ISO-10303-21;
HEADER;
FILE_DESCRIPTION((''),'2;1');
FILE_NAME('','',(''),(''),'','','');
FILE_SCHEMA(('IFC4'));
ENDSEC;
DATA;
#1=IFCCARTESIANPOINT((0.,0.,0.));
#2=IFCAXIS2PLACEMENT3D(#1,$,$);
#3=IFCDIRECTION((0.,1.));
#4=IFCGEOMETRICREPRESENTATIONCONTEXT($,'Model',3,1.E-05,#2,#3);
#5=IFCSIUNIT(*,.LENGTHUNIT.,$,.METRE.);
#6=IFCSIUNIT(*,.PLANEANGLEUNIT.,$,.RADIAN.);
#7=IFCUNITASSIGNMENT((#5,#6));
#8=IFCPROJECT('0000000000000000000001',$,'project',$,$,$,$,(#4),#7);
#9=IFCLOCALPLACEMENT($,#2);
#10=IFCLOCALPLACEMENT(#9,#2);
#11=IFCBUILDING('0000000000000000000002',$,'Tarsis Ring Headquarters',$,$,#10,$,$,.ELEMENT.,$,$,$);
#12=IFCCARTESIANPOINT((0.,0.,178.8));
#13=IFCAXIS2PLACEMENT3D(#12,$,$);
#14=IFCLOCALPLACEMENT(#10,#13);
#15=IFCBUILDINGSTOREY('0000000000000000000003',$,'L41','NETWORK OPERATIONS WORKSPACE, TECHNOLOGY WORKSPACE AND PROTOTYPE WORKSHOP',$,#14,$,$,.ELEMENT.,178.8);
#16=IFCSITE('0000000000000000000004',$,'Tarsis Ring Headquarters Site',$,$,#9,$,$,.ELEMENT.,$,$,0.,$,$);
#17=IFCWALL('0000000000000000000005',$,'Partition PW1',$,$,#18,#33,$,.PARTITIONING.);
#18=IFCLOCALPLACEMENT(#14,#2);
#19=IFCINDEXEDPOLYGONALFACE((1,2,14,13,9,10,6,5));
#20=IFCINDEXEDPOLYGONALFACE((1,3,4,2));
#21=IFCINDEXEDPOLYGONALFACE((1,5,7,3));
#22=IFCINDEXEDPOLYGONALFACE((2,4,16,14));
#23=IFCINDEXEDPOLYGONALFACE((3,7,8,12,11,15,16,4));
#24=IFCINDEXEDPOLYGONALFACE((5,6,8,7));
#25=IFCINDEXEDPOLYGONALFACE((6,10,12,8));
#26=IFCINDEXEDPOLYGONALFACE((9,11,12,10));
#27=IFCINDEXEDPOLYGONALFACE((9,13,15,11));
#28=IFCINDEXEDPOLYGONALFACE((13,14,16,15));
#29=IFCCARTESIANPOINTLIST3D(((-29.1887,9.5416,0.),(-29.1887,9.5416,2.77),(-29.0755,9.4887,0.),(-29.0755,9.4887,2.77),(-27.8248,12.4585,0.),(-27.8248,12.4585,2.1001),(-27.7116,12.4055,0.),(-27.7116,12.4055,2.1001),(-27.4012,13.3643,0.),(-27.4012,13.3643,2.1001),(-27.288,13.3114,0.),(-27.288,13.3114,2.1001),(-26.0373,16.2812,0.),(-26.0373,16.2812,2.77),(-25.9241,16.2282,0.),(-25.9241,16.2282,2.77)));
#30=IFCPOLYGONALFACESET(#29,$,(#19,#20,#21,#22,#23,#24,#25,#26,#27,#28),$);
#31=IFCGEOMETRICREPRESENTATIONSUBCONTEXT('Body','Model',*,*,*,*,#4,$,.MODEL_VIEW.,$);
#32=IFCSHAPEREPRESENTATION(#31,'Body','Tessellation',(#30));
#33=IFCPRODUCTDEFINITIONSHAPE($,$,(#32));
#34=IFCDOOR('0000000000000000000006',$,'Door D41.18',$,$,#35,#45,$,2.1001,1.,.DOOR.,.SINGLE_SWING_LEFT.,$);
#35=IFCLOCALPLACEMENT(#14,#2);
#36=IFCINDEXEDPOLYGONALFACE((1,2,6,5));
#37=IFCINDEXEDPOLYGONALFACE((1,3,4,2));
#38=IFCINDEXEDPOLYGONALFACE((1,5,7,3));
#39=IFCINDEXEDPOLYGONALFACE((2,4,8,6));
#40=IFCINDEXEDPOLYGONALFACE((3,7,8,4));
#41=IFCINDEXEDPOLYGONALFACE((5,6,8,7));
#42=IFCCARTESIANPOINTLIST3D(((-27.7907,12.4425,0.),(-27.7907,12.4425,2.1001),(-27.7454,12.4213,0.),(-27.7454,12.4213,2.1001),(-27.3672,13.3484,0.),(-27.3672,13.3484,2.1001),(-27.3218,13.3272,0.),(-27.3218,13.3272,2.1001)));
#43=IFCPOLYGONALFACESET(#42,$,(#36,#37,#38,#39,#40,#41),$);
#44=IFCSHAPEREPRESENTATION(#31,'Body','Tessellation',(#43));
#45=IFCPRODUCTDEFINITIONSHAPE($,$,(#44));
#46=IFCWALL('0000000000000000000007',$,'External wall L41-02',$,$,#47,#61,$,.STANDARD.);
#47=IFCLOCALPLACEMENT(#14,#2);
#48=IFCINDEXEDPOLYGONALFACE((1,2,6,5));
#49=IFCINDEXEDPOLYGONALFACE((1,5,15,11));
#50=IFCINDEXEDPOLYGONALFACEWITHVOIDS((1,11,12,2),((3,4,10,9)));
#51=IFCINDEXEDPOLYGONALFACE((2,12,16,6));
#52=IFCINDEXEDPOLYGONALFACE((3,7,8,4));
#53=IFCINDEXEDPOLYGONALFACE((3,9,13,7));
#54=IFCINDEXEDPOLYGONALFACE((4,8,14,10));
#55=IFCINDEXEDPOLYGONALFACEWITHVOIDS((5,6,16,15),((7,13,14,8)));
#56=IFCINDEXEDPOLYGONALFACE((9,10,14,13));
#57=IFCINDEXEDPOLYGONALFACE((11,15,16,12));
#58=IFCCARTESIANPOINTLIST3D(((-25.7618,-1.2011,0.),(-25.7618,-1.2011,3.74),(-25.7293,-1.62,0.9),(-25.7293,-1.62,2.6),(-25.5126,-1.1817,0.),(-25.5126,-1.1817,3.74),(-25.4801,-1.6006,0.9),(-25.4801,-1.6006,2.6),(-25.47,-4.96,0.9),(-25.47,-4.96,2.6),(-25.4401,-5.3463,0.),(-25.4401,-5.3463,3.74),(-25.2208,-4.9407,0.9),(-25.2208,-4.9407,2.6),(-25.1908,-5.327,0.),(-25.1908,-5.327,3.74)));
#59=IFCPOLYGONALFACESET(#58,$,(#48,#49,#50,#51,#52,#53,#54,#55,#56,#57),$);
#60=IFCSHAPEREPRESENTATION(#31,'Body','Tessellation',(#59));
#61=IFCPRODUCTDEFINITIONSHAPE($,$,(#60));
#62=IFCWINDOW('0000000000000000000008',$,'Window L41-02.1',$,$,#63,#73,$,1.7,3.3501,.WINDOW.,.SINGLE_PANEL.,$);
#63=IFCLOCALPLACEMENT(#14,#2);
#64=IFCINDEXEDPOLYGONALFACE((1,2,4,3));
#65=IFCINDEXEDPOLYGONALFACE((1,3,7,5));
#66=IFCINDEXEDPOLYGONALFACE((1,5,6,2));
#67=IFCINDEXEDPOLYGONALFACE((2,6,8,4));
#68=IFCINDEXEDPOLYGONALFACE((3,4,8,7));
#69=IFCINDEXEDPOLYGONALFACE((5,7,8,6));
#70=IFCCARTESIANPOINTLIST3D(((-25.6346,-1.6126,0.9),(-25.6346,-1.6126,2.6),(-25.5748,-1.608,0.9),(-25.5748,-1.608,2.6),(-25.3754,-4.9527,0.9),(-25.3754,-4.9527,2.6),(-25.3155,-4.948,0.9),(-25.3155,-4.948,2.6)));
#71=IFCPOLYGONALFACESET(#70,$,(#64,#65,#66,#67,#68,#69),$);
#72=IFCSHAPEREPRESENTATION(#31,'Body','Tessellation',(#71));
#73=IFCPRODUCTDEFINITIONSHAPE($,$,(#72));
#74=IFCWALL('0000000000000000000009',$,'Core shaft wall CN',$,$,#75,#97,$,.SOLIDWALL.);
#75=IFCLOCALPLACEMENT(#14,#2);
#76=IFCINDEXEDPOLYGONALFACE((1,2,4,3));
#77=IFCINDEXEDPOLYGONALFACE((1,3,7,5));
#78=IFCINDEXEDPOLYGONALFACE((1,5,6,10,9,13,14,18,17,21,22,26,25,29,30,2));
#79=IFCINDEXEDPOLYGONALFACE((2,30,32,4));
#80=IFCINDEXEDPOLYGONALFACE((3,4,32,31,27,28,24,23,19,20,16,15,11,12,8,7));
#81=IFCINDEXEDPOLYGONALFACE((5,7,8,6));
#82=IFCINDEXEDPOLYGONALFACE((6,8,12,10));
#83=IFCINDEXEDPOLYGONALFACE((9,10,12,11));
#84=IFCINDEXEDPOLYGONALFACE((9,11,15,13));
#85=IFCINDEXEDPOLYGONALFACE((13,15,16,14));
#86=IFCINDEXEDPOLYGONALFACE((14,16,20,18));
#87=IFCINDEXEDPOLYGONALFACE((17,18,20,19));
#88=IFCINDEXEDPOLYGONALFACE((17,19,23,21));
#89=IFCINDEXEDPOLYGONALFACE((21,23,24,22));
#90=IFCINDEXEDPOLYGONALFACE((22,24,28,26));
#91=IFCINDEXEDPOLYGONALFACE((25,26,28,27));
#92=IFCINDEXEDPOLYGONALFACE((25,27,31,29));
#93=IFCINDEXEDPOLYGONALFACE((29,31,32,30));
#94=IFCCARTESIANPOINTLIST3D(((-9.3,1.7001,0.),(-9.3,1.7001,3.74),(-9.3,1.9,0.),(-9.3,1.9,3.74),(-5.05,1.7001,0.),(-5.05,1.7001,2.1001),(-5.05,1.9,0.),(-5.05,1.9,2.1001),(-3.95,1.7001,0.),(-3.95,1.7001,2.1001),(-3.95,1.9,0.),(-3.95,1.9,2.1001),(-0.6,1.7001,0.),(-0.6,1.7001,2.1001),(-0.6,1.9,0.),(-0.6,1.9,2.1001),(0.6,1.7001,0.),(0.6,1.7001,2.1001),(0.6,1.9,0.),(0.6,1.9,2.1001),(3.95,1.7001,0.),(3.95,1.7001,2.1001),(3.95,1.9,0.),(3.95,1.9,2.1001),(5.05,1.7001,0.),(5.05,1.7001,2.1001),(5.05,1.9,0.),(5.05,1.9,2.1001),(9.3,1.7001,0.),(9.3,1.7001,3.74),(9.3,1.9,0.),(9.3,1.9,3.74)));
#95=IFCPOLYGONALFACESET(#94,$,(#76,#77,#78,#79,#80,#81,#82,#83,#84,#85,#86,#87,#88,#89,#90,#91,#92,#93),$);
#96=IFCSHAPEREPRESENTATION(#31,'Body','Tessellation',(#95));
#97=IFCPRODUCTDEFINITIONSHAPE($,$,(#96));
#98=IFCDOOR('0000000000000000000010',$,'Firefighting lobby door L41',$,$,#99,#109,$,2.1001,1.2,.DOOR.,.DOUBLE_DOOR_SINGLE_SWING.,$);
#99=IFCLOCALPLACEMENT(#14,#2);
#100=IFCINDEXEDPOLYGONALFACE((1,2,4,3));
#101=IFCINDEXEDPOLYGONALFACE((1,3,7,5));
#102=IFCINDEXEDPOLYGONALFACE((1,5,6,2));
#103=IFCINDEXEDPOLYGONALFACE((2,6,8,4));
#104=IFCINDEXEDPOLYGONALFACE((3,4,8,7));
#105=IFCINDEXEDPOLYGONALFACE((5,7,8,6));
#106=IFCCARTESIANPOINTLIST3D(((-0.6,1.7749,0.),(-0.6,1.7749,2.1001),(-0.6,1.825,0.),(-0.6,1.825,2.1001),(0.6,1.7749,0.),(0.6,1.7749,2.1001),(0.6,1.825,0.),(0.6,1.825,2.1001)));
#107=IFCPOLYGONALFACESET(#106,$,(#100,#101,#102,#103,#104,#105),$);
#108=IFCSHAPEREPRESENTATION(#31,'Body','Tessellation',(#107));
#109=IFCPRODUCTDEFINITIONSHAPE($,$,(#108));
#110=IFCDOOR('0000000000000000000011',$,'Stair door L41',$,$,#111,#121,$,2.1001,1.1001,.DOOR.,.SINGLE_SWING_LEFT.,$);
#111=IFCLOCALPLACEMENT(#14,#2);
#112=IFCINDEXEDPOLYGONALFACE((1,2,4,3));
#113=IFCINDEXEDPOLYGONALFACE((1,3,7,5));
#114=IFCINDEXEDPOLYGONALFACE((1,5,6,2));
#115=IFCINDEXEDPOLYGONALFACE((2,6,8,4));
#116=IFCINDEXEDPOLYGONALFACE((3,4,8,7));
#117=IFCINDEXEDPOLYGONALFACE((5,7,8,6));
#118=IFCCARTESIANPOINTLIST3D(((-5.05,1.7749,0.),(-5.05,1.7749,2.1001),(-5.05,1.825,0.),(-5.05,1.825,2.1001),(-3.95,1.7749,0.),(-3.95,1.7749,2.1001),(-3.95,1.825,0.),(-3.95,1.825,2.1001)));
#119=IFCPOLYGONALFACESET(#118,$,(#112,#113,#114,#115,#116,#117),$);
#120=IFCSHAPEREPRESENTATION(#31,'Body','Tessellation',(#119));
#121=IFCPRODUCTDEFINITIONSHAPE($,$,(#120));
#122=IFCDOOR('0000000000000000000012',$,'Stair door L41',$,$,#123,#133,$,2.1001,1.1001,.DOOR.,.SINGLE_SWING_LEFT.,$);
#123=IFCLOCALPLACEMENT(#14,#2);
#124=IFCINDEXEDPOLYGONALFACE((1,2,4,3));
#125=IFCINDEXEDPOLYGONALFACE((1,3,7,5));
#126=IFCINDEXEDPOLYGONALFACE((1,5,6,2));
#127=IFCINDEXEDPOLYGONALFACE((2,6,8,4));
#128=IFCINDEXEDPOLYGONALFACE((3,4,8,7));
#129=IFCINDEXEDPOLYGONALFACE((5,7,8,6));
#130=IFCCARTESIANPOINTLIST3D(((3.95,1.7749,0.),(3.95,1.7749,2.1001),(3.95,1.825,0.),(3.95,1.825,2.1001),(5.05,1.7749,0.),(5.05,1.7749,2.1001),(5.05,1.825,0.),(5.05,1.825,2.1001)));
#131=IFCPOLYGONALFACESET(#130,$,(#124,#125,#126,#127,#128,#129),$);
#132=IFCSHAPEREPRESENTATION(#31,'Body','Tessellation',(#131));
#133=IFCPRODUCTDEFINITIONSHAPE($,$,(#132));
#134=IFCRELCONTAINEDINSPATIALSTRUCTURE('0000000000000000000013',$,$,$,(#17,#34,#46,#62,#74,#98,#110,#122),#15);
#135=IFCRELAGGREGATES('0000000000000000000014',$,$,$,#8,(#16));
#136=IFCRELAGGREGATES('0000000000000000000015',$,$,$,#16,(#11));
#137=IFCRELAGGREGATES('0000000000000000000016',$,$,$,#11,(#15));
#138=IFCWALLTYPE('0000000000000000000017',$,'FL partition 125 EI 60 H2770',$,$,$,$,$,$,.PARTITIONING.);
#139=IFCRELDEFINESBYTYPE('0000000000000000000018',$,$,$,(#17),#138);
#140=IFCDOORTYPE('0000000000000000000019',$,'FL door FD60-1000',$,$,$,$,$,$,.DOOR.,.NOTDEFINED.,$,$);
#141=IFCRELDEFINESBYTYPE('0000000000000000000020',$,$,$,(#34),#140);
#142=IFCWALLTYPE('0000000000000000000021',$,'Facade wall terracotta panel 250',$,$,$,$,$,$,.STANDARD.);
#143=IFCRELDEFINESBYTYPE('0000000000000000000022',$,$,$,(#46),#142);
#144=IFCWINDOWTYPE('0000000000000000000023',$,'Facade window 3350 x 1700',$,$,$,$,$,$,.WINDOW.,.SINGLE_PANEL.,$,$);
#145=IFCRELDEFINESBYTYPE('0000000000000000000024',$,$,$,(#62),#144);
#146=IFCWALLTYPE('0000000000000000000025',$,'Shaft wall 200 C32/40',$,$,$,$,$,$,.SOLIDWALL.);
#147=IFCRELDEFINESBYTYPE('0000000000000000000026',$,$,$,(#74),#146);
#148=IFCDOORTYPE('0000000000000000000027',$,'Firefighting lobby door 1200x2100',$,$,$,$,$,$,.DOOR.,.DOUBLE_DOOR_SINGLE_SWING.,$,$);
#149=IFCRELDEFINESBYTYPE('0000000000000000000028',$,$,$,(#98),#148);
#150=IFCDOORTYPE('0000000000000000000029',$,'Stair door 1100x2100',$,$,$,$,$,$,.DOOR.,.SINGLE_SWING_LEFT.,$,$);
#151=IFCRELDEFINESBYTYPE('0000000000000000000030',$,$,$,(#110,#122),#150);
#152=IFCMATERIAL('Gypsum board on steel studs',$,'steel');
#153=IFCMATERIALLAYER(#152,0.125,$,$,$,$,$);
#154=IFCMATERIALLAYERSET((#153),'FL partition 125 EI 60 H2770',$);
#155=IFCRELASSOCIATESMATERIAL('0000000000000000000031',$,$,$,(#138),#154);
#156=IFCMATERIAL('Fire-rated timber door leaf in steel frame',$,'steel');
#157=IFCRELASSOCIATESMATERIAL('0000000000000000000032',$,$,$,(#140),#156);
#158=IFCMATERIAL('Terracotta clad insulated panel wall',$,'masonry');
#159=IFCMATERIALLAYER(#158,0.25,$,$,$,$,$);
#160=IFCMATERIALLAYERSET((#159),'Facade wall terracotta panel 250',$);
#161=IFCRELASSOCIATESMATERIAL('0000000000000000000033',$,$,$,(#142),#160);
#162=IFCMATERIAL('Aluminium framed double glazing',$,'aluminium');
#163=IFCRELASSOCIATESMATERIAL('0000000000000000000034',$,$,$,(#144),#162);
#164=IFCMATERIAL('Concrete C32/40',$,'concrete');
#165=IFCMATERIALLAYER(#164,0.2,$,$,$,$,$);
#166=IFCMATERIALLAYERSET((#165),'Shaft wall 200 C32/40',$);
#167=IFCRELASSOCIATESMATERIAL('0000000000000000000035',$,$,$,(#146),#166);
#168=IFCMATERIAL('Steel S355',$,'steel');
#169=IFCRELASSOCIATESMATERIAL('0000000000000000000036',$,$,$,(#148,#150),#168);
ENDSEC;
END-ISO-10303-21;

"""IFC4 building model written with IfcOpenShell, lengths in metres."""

from ifc_helpers import new_model, si_unit, direction, frame, frame_2d, origin, place, context, subcontext, project, spatial, rectangle, extrude, material, layer, layer_set, type_object, element, fill, save


model = new_model("IFC4")

# Units and contexts
model_context = context("Model", 3, precision=1e-05, world=origin(), true_north=direction((0.0, 1.0)))
body_context = subcontext(model_context, "Body", "Model", "MODEL_VIEW")
ifc_project = project(units=[si_unit("LENGTHUNIT", "METRE"), si_unit("PLANEANGLEUNIT", "RADIAN")], contexts=[model_context])

# Site, building, storey
site_placement = place(None, origin())
site = spatial("IfcSite", under=ifc_project, at=site_placement, Name="Tarsis Ring Headquarters Site", CompositionType="ELEMENT", RefElevation=0.0)
building_placement = place(site_placement, origin())
building = spatial("IfcBuilding", under=site, at=building_placement, Name="Tarsis Ring Headquarters", CompositionType="ELEMENT")
storey_placement = place(building_placement, frame((0.0, 0.0, 178.8)))
storey = spatial("IfcBuildingStorey", under=building, at=storey_placement, Name="L41", Description="NETWORK OPERATIONS WORKSPACE, TECHNOLOGY WORKSPACE AND PROTOTYPE WORKSHOP", CompositionType="ELEMENT", Elevation=178.8)

# Shared definitions
ifc_material_1 = material(Name="Steel S355", Category="steel")

# Shared definitions
ifc_material_2 = material(Name="Gypsum board on steel studs", Category="steel")

# Shared definitions
ifc_layer_1 = layer(ifc_material_2, 0.125)
ifc_layer_set_1 = layer_set([ifc_layer_1], Name="FL partition 125 EI 60 H2770")
wall_type_1 = type_object("IfcWallType", Name="FL partition 125 EI 60 H2770", PredefinedType="PARTITIONING", material=ifc_layer_set_1)
ifc_material_3 = material(Name="Fire-rated timber door leaf in steel frame", Category="steel")
door_type_1 = type_object("IfcDoorType", Name="FL door FD60-1000", OperationType="NOTDEFINED", PredefinedType="DOOR", material=ifc_material_3)

# Wall, opening, door
wall_1_placement = place(storey_placement, frame((-29.1321, 9.5151, 0.0), z_axis=(0.0, 0.0, 1.0), x_axis=(0.423577, 0.90586, 0.0)))
wall_1 = element("IfcWall", 1, at=wall_1_placement, inside=storey, type_object=wall_type_1, Name="Partition PW1", PredefinedType="PARTITIONING", context=body_context, shape_type="SweptSolid", body=[
    extrude(rectangle(XDim=7.4399, YDim=0.125, at=frame_2d((3.72, 0.0))), origin(), (0.0, 0.0, 1.0), 2.77),
])
opening_1_placement = place(wall_1_placement, frame((3.22, 0.0, 0.0)))
opening_1 = element("IfcOpeningElement", 2, at=opening_1_placement, cuts=wall_1, PredefinedType="OPENING", context=body_context, shape_type="SweptSolid", body=[
    extrude(rectangle(XDim=1.0, YDim=2.1001, at=frame_2d((0.5, 1.05))), frame((0.0, 0.0725, 0.0), z_axis=(0.0, -1.0, 0.0), x_axis=(1.0, 0.0, 0.0)), (0.0, 0.0, 1.0), 0.145),
])
door_1_placement = place(opening_1_placement, origin())
door_1 = element("IfcDoor", 3, at=door_1_placement, inside=storey, type_object=door_type_1, Name="Door D41.18", OperationType="SINGLE_SWING_LEFT", OverallHeight=2.1001, OverallWidth=1.0, PredefinedType="DOOR", context=body_context, shape_type="SweptSolid", body=[
    extrude(rectangle(XDim=1.0, YDim=2.1001, at=frame_2d((0.5, 1.05))), frame((0.0, 0.0249, 0.0), z_axis=(0.0, -1.0, 0.0), x_axis=(1.0, 0.0, 0.0)), (0.0, 0.0, 1.0), 0.05),
])
fill(opening_1, door_1)

# Wall, opening, window
ifc_material_4 = material(Name="Terracotta clad insulated panel wall", Category="masonry")
ifc_layer_2 = layer(ifc_material_4, 0.25)
ifc_layer_set_2 = layer_set([ifc_layer_2], Name="Facade wall terracotta panel 250")
wall_type_2 = type_object("IfcWallType", Name="Facade wall terracotta panel 250", PredefinedType="STANDARD", material=ifc_layer_set_2)
wall_2_placement = place(storey_placement, frame((-25.6372, -1.1914, 0.0), z_axis=(0.0, 0.0, 1.0), x_axis=(0.077392, -0.997001, 0.0)))
wall_2 = element("IfcWall", 4, at=wall_2_placement, inside=storey, type_object=wall_type_2, Name="External wall L41-02", PredefinedType="STANDARD", context=body_context, shape_type="SweptSolid", body=[
    extrude(rectangle(XDim=4.1577, YDim=0.25, at=frame_2d((2.0789, 0.0))), origin(), (0.0, 0.0, 1.0), 3.74),
])
opening_2_placement = place(wall_2_placement, frame((0.4202, 0.0, 0.8999)))
opening_2 = element("IfcOpeningElement", 5, at=opening_2_placement, cuts=wall_2, PredefinedType="OPENING", context=body_context, shape_type="SweptSolid", body=[
    extrude(rectangle(XDim=3.3501, YDim=1.7, at=frame_2d((1.675, 0.8501))), frame((0.0, 0.135, 0.0), z_axis=(0.0, -1.0, 0.0), x_axis=(1.0, 0.0, 0.0)), (0.0, 0.0, 1.0), 0.27),
])
ifc_material_5 = material(Name="Aluminium framed double glazing", Category="aluminium")
window_type = type_object("IfcWindowType", Name="Facade window 3350 x 1700", PartitioningType="SINGLE_PANEL", PredefinedType="WINDOW", material=ifc_material_5)
window_placement = place(opening_2_placement, origin())
window = element("IfcWindow", 6, at=window_placement, inside=storey, type_object=window_type, Name="Window L41-02.1", OverallHeight=1.7, OverallWidth=3.3501, PartitioningType="SINGLE_PANEL", PredefinedType="WINDOW", context=body_context, shape_type="SweptSolid", body=[
    extrude(rectangle(XDim=3.3501, YDim=1.7, at=frame_2d((1.675, 0.8501))), frame((0.0, 0.03, 0.0), z_axis=(0.0, -1.0, 0.0), x_axis=(1.0, 0.0, 0.0)), (0.0, 0.0, 1.0), 0.0601),
])
fill(opening_2, window)

# Wall, openings, doors
ifc_material_6 = material(Name="Concrete C32/40", Category="concrete")
ifc_layer_3 = layer(ifc_material_6, 0.2)
ifc_layer_set_3 = layer_set([ifc_layer_3], Name="Shaft wall 200 C32/40")
wall_type_3 = type_object("IfcWallType", Name="Shaft wall 200 C32/40", PredefinedType="SOLIDWALL", material=ifc_layer_set_3)
wall_3_placement = place(storey_placement, frame((-9.3, 1.8, 0.0), z_axis=(0.0, 0.0, 1.0), x_axis=(1.0, 0.0, 0.0)))
wall_3 = element("IfcWall", 7, at=wall_3_placement, inside=storey, type_object=wall_type_3, Name="Core shaft wall CN", PredefinedType="SOLIDWALL", context=body_context, shape_type="SweptSolid", body=[
    extrude(rectangle(XDim=18.6001, YDim=0.2, at=frame_2d((9.3, 0.0))), origin(), (0.0, 0.0, 1.0), 3.74),
])
opening_3_placement = place(wall_3_placement, frame((4.25, 0.0, 0.0)))
opening_3 = element("IfcOpeningElement", 8, at=opening_3_placement, cuts=wall_3, PredefinedType="OPENING", context=body_context, shape_type="SweptSolid", body=[
    extrude(rectangle(XDim=1.1001, YDim=2.1001, at=frame_2d((0.55, 1.05))), frame((0.0, 0.1099, 0.0), z_axis=(0.0, -1.0, 0.0), x_axis=(1.0, 0.0, 0.0)), (0.0, 0.0, 1.0), 0.22),
])
opening_4_placement = place(wall_3_placement, frame((8.7, 0.0, 0.0)))
opening_4 = element("IfcOpeningElement", 9, at=opening_4_placement, cuts=wall_3, PredefinedType="OPENING", context=body_context, shape_type="SweptSolid", body=[
    extrude(rectangle(XDim=1.2, YDim=2.1001, at=frame_2d((0.6001, 1.05))), frame((0.0, 0.1099, 0.0), z_axis=(0.0, -1.0, 0.0), x_axis=(1.0, 0.0, 0.0)), (0.0, 0.0, 1.0), 0.22),
])
opening_5_placement = place(wall_3_placement, frame((13.25, 0.0, 0.0)))
opening_5 = element("IfcOpeningElement", 10, at=opening_5_placement, cuts=wall_3, PredefinedType="OPENING", context=body_context, shape_type="SweptSolid", body=[
    extrude(rectangle(XDim=1.1001, YDim=2.1001, at=frame_2d((0.55, 1.05))), frame((0.0, 0.1099, 0.0), z_axis=(0.0, -1.0, 0.0), x_axis=(1.0, 0.0, 0.0)), (0.0, 0.0, 1.0), 0.22),
])
door_type_2 = type_object("IfcDoorType", Name="Firefighting lobby door 1200x2100", OperationType="DOUBLE_DOOR_SINGLE_SWING", PredefinedType="DOOR", material=ifc_material_1)
door_2_placement = place(opening_4_placement, origin())
door_2 = element("IfcDoor", 11, at=door_2_placement, inside=storey, type_object=door_type_2, Name="Firefighting lobby door L41", OperationType="DOUBLE_DOOR_SINGLE_SWING", OverallHeight=2.1001, OverallWidth=1.2, PredefinedType="DOOR", context=body_context, shape_type="SweptSolid", body=[
    extrude(rectangle(XDim=1.2, YDim=2.1001, at=frame_2d((0.6001, 1.05))), frame((0.0, 0.0249, 0.0), z_axis=(0.0, -1.0, 0.0), x_axis=(1.0, 0.0, 0.0)), (0.0, 0.0, 1.0), 0.05),
])
fill(opening_4, door_2)
door_type_3 = type_object("IfcDoorType", Name="Stair door 1100x2100", OperationType="SINGLE_SWING_LEFT", PredefinedType="DOOR", material=ifc_material_1)
door_3_placement = place(opening_3_placement, origin())
door_3 = element("IfcDoor", 12, at=door_3_placement, inside=storey, type_object=door_type_3, Name="Stair door L41", OperationType="SINGLE_SWING_LEFT", OverallHeight=2.1001, OverallWidth=1.1001, PredefinedType="DOOR", context=body_context, shape_type="SweptSolid", body=[
    extrude(rectangle(XDim=1.1001, YDim=2.1001, at=frame_2d((0.55, 1.05))), frame((0.0, 0.0249, 0.0), z_axis=(0.0, -1.0, 0.0), x_axis=(1.0, 0.0, 0.0)), (0.0, 0.0, 1.0), 0.05),
])
fill(opening_3, door_3)
door_4_placement = place(opening_5_placement, origin())
door_4 = element("IfcDoor", 13, at=door_4_placement, inside=storey, type_object=door_type_3, Name="Stair door L41", OperationType="SINGLE_SWING_LEFT", OverallHeight=2.1001, OverallWidth=1.1001, PredefinedType="DOOR", context=body_context, shape_type="SweptSolid", body=[
    extrude(rectangle(XDim=1.1001, YDim=2.1001, at=frame_2d((0.55, 1.05))), frame((0.0, 0.0249, 0.0), z_axis=(0.0, -1.0, 0.0), x_axis=(1.0, 0.0, 0.0)), (0.0, 0.0, 1.0), 0.05),
])
fill(opening_5, door_4)

save(model, "model.ifc")
